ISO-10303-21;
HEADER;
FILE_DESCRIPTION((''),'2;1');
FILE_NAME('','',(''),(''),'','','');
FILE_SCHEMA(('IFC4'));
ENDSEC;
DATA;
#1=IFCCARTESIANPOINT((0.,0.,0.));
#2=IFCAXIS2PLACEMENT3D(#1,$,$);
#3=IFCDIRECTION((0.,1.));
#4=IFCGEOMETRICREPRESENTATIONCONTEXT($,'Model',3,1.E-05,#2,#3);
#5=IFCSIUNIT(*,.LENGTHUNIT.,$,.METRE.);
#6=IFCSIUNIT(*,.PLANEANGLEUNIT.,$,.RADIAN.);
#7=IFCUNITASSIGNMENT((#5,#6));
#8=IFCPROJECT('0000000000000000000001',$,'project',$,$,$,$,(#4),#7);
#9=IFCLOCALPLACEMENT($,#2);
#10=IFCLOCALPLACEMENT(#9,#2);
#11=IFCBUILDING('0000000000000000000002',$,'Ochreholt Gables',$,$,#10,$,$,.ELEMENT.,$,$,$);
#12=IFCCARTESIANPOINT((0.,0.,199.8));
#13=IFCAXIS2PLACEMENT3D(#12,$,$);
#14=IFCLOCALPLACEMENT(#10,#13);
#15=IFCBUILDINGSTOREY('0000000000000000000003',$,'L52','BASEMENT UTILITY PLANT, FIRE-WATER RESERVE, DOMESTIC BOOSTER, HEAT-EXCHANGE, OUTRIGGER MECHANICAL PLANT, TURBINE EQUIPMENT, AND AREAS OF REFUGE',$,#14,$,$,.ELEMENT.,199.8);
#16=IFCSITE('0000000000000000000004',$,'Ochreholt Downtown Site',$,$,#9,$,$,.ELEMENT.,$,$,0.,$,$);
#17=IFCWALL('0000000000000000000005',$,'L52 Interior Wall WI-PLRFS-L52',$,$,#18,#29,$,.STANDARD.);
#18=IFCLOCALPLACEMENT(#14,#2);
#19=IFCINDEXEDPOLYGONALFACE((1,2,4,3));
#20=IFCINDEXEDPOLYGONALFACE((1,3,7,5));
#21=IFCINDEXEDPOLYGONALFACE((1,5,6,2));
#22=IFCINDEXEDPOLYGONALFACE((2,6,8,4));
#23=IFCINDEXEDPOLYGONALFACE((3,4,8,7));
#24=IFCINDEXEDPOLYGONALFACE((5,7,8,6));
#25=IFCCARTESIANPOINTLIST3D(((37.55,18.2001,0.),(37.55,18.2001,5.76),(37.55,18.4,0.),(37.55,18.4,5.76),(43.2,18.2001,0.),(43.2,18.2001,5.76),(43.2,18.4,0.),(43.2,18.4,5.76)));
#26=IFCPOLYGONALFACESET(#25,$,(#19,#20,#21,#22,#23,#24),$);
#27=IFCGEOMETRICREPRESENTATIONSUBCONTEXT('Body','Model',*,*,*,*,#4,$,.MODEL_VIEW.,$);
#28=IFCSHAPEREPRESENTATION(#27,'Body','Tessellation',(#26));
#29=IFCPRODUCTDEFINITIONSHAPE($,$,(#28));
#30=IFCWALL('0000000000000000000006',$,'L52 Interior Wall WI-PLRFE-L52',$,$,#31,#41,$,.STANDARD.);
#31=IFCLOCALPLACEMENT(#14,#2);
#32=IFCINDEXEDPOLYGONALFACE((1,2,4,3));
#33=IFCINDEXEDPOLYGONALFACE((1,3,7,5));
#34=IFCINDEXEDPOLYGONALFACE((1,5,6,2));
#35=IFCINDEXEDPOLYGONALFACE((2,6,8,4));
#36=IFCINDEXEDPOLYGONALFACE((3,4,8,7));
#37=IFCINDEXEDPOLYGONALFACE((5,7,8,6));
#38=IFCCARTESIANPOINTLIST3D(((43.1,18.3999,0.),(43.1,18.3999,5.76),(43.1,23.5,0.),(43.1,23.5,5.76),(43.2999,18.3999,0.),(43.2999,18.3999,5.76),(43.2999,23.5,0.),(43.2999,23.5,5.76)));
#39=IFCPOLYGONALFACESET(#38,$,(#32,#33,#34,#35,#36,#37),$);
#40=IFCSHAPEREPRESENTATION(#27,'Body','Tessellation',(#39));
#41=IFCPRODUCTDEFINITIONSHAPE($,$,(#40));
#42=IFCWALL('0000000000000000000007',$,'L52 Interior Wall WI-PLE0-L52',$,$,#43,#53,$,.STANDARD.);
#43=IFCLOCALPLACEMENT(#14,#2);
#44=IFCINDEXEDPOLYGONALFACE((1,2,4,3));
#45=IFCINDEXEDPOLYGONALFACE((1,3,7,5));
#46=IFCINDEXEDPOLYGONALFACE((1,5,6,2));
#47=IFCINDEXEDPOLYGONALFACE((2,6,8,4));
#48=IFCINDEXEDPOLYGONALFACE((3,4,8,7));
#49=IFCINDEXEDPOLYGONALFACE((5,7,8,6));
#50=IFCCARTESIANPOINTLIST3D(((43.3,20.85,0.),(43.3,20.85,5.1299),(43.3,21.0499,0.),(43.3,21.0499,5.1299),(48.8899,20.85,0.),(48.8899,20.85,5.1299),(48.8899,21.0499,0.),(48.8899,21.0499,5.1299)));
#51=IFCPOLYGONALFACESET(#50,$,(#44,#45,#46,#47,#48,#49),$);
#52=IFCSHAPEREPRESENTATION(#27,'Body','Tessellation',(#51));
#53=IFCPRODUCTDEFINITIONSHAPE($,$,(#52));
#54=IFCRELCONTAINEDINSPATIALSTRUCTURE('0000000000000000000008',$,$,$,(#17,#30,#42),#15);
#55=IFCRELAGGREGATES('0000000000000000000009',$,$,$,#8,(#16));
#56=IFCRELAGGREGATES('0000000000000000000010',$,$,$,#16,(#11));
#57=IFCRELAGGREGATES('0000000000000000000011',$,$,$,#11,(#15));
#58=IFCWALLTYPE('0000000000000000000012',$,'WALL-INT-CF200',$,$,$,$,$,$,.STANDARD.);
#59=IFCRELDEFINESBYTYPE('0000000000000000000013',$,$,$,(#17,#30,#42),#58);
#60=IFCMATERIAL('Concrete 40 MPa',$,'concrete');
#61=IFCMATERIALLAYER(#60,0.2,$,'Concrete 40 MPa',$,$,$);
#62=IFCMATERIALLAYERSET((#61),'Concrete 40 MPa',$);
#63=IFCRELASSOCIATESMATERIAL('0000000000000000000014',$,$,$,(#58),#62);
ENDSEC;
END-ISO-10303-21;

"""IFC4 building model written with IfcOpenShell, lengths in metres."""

from ifc_helpers import new_model, si_unit, direction, frame, frame_2d, origin, place, context, subcontext, project, spatial, rectangle, extrude, material, layer, layer_set, type_object, element, save


model = new_model("IFC4")

# Units and contexts
model_context = context("Model", 3, precision=1e-05, world=origin(), true_north=direction((0.0, 1.0)))
body_context = subcontext(model_context, "Body", "Model", "MODEL_VIEW")
ifc_project = project(units=[si_unit("LENGTHUNIT", "METRE"), si_unit("PLANEANGLEUNIT", "RADIAN")], contexts=[model_context])

# Site, building, storey
site_placement = place(None, origin())
site = spatial("IfcSite", under=ifc_project, at=site_placement, Name="Ochreholt Downtown Site", CompositionType="ELEMENT", RefElevation=0.0)
building_placement = place(site_placement, origin())
building = spatial("IfcBuilding", under=site, at=building_placement, Name="Ochreholt Gables", CompositionType="ELEMENT")
storey_placement = place(building_placement, frame((0.0, 0.0, 199.8)))
storey = spatial("IfcBuildingStorey", under=building, at=storey_placement, Name="L52", Description="BASEMENT UTILITY PLANT, FIRE-WATER RESERVE, DOMESTIC BOOSTER, HEAT-EXCHANGE, OUTRIGGER MECHANICAL PLANT, TURBINE EQUIPMENT, AND AREAS OF REFUGE", CompositionType="ELEMENT", Elevation=199.8)

# Walls
ifc_material_1 = material(Name="Concrete 40 MPa", Category="concrete")
ifc_layer_1 = layer(ifc_material_1, 0.2, Name="Concrete 40 MPa")
ifc_layer_set_1 = layer_set([ifc_layer_1], Name="Concrete 40 MPa")
wall_type = type_object("IfcWallType", Name="WALL-INT-CF200", PredefinedType="STANDARD", material=ifc_layer_set_1)
wall_1_placement = place(storey_placement, frame((37.55, 18.3, 0.0), z_axis=(0.0, 0.0, 1.0), x_axis=(1.0, 0.0, 0.0)))
element("IfcWall", 1, at=wall_1_placement, inside=storey, type_object=wall_type, Name="L52 Interior Wall WI-PLRFS-L52", PredefinedType="STANDARD", context=body_context, shape_type="SweptSolid", body=[
    extrude(rectangle(XDim=5.6499, YDim=0.2, at=frame_2d((2.825, 0.0))), origin(), (0.0, 0.0, 1.0), 5.76),
])
wall_2_placement = place(storey_placement, frame((43.2, 18.3999, 0.0), z_axis=(0.0, 0.0, 1.0), x_axis=(0.0, 1.0, 0.0)))
element("IfcWall", 2, at=wall_2_placement, inside=storey, type_object=wall_type, Name="L52 Interior Wall WI-PLRFE-L52", PredefinedType="STANDARD", context=body_context, shape_type="SweptSolid", body=[
    extrude(rectangle(XDim=5.1001, YDim=0.2, at=frame_2d((2.55, 0.0))), origin(), (0.0, 0.0, 1.0), 5.76),
])
wall_3_placement = place(storey_placement, frame((43.3, 20.95, 0.0), z_axis=(0.0, 0.0, 1.0), x_axis=(1.0, 0.0, 0.0)))
element("IfcWall", 3, at=wall_3_placement, inside=storey, type_object=wall_type, Name="L52 Interior Wall WI-PLE0-L52", PredefinedType="STANDARD", context=body_context, shape_type="SweptSolid", body=[
    extrude(rectangle(XDim=5.5898, YDim=0.2, at=frame_2d((2.7949, 0.0))), origin(), (0.0, 0.0, 1.0), 5.1299),
])

save(model, "model.ifc")
